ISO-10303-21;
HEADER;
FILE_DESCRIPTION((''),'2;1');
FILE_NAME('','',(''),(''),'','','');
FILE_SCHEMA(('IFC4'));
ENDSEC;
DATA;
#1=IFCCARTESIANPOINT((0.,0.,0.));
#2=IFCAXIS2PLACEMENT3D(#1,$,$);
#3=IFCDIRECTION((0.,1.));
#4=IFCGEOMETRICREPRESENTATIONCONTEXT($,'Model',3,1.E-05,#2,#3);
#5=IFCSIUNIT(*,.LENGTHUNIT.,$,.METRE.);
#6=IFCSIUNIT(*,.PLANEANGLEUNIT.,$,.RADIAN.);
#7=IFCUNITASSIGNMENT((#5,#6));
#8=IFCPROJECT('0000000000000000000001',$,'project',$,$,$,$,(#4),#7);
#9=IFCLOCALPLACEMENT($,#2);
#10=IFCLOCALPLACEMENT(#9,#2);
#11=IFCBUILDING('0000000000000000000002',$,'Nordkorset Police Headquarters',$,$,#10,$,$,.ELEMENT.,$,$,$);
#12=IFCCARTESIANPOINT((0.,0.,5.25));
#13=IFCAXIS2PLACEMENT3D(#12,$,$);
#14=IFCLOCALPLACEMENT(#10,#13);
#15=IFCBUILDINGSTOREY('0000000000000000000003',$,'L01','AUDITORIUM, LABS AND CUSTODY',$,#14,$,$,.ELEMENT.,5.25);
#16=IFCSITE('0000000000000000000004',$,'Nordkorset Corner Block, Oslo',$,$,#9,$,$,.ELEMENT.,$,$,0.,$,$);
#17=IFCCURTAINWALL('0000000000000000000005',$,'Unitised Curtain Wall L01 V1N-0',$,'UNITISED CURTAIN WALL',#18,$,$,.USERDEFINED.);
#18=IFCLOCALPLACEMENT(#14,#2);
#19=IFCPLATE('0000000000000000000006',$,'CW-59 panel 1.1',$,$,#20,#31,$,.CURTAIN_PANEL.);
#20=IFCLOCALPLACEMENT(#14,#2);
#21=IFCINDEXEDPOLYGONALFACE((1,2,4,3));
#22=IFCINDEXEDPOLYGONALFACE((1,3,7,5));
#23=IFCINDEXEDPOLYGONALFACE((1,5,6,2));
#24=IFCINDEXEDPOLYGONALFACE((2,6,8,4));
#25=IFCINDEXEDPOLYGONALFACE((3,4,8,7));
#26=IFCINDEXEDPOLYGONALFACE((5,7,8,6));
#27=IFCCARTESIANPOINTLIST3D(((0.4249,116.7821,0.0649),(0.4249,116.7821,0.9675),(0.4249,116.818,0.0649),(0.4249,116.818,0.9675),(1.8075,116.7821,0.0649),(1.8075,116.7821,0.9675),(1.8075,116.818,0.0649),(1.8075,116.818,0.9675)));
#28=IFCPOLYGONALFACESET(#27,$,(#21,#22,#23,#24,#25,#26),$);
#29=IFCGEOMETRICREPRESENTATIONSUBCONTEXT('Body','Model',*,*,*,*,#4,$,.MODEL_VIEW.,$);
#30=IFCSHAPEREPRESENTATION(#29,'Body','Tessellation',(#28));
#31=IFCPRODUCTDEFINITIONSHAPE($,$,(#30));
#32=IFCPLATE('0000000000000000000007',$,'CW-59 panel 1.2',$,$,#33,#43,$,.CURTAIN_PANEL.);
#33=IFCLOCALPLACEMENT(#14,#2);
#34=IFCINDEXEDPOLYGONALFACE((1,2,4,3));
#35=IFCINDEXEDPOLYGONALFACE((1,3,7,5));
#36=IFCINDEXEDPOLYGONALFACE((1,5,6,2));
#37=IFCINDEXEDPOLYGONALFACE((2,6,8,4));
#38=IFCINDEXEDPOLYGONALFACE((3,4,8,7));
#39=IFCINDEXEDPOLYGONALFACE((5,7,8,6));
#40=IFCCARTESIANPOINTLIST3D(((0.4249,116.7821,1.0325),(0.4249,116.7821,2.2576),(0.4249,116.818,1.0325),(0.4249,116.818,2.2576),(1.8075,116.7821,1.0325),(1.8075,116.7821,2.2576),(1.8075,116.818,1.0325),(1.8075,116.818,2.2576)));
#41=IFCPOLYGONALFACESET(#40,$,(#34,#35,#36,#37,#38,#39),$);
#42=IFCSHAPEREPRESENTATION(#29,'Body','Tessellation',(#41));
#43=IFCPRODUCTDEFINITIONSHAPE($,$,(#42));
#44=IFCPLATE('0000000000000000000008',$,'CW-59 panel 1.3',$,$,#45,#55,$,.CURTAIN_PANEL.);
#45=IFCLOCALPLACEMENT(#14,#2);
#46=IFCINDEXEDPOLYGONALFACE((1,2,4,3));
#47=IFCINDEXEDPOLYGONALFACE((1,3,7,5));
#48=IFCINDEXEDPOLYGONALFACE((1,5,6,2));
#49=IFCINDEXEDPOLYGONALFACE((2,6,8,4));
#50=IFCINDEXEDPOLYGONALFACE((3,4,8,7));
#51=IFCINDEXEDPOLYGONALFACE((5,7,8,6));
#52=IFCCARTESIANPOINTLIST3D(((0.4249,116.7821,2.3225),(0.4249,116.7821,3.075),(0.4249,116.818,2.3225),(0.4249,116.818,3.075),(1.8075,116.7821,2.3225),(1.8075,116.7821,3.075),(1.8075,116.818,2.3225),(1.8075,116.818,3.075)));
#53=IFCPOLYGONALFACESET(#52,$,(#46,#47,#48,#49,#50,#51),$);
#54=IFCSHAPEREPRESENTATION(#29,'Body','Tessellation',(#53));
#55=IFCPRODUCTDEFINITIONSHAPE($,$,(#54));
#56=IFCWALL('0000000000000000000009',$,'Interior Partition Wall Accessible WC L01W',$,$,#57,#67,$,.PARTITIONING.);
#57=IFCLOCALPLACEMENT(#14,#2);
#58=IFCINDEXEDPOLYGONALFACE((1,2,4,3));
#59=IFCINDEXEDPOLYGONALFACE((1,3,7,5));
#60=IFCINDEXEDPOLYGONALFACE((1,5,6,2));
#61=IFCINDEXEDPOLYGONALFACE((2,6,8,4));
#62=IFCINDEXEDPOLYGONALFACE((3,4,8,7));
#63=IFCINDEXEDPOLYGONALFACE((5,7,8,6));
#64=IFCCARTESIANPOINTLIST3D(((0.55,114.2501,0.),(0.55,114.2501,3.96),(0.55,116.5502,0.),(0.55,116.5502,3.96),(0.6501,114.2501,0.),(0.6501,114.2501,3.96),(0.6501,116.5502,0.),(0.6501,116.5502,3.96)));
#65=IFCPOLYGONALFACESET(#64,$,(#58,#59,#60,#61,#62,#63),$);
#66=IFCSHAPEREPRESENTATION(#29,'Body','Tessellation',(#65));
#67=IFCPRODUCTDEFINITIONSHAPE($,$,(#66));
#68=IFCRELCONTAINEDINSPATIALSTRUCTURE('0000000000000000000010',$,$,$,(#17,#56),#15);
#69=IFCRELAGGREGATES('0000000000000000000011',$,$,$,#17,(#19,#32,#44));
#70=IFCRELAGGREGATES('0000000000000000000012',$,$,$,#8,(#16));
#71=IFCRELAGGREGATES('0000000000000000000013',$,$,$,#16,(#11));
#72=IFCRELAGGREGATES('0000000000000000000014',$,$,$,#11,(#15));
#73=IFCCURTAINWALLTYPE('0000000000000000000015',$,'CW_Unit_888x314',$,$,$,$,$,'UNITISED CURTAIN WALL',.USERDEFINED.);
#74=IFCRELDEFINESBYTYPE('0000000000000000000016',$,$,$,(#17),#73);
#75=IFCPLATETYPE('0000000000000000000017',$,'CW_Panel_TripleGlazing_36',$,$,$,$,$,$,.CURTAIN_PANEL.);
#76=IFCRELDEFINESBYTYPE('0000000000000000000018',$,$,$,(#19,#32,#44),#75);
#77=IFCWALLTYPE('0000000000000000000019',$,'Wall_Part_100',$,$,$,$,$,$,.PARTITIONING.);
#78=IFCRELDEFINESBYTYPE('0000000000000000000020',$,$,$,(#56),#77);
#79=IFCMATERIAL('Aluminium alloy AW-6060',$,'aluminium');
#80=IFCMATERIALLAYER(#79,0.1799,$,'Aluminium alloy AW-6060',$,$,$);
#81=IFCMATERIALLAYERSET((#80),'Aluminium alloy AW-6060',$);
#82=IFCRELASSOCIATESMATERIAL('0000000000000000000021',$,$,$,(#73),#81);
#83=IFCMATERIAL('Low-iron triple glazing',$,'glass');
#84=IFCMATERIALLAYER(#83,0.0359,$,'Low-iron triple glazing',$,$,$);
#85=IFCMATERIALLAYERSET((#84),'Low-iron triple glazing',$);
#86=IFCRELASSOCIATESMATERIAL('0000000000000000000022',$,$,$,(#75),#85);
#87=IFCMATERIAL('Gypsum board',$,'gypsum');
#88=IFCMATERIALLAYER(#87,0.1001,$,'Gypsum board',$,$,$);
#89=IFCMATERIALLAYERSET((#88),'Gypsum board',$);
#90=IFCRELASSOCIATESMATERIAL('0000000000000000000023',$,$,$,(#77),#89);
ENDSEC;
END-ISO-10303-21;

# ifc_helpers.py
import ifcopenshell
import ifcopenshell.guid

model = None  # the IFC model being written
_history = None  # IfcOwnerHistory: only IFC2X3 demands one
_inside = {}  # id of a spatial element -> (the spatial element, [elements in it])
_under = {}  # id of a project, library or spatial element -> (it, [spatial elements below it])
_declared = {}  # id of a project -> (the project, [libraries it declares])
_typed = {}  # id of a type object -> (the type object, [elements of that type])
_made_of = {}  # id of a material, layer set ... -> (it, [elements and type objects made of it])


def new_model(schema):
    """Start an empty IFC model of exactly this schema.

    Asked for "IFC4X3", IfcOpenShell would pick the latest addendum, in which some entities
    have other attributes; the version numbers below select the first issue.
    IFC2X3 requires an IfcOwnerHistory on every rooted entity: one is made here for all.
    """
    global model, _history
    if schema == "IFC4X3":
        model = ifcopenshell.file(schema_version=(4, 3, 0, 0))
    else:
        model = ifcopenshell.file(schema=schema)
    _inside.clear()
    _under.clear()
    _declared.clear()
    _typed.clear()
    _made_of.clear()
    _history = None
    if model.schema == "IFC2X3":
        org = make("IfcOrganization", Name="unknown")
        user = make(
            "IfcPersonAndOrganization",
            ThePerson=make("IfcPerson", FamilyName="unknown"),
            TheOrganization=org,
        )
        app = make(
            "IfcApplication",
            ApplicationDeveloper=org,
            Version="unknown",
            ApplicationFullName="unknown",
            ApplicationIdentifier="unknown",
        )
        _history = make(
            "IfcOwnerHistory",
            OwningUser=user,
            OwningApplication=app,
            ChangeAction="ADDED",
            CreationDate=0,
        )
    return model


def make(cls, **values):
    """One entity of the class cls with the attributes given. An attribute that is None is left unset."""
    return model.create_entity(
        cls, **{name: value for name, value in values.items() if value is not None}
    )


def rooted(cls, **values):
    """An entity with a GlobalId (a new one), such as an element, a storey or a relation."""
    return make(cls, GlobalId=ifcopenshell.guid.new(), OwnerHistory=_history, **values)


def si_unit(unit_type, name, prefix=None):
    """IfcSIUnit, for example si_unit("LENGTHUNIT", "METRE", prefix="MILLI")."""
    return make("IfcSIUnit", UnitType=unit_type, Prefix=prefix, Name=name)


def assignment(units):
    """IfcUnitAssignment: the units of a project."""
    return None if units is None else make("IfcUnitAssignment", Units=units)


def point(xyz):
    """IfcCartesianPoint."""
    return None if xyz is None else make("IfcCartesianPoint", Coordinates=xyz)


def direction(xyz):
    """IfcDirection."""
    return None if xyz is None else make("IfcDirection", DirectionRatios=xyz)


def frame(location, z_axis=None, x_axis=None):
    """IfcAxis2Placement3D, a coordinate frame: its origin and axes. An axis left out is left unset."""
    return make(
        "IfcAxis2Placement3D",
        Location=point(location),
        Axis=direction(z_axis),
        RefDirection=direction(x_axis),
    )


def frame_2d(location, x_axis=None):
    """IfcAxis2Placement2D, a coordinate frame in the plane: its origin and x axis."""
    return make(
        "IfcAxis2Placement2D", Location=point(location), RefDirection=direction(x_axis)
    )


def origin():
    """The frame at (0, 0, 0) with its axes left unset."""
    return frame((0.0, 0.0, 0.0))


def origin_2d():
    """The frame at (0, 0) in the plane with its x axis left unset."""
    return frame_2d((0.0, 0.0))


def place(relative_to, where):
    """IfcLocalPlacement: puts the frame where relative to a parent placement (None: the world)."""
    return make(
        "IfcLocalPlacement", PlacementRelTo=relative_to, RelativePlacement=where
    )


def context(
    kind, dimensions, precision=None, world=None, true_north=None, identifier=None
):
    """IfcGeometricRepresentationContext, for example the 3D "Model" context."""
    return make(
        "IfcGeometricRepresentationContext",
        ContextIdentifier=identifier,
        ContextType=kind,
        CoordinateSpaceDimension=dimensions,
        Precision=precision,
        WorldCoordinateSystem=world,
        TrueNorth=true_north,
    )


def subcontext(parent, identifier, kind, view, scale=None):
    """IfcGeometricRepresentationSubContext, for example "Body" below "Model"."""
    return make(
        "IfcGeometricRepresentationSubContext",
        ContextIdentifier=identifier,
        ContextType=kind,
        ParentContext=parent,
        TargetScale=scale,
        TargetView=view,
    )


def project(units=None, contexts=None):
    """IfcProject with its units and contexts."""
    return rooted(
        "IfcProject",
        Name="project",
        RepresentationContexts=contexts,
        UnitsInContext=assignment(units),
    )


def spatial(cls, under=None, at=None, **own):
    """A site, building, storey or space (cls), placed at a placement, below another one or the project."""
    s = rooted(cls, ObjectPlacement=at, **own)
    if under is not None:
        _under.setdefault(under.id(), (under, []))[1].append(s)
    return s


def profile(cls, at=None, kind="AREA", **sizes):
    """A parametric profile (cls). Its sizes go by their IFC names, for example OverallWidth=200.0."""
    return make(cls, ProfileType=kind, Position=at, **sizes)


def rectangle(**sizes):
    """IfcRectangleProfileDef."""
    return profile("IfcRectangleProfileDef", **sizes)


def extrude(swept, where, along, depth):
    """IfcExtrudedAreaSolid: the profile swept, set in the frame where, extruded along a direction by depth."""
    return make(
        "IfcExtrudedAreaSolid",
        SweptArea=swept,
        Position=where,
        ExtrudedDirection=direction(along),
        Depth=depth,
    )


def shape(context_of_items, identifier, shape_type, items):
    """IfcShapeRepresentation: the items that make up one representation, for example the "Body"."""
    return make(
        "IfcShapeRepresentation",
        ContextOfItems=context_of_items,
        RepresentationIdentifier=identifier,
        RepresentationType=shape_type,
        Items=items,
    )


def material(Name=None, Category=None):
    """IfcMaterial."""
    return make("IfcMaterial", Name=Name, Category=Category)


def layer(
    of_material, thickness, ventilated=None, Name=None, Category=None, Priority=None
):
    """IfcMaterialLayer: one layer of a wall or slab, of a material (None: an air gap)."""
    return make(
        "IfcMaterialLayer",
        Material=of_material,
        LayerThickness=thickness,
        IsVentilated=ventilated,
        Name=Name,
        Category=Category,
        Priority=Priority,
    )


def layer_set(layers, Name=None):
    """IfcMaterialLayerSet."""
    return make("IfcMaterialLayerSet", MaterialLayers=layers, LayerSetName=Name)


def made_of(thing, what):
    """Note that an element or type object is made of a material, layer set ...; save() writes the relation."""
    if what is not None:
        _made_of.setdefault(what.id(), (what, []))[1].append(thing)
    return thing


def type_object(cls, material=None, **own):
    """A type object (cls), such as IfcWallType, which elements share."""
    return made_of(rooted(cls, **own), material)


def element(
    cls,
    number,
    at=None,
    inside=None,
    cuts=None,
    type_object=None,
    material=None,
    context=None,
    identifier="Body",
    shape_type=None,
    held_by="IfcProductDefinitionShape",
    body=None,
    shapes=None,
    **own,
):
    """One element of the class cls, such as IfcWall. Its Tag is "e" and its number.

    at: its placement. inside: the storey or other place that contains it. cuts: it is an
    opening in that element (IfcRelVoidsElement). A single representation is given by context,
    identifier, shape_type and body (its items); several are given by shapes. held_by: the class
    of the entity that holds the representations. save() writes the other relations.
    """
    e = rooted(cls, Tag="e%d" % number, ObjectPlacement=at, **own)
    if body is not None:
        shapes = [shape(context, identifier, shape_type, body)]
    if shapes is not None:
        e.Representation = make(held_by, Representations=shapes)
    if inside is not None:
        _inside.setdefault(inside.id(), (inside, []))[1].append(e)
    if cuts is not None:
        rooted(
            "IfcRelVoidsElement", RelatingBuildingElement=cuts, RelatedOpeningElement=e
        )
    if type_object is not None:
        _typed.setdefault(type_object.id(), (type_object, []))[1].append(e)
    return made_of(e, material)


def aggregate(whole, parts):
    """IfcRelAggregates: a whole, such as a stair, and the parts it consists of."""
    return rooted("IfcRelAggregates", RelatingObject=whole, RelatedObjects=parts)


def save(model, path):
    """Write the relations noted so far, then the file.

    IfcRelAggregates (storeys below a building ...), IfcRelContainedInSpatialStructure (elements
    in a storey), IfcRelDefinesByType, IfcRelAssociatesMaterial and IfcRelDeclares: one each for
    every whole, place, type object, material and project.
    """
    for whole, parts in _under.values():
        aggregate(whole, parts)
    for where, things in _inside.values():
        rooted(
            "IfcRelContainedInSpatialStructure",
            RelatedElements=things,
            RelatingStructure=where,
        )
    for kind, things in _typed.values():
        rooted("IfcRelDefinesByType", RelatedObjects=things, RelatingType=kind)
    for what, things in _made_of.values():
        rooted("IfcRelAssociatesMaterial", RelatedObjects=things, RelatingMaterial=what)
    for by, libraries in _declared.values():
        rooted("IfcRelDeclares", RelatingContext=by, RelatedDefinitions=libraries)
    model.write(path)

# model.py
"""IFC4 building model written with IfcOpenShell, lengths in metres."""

from ifc_helpers import new_model, si_unit, direction, frame, frame_2d, origin, origin_2d, place, context, subcontext, project, spatial, rectangle, extrude, material, layer, layer_set, type_object, element, aggregate, save


model = new_model("IFC4")

# Units and contexts
model_context = context("Model", 3, precision=1e-05, world=origin(), true_north=direction((0.0, 1.0)))
body_context = subcontext(model_context, "Body", "Model", "MODEL_VIEW")
ifc_project = project(units=[si_unit("LENGTHUNIT", "METRE"), si_unit("PLANEANGLEUNIT", "RADIAN")], contexts=[model_context])

# Site, building, storey
site_placement = place(None, origin())
site = spatial("IfcSite", under=ifc_project, at=site_placement, Name="Nordkorset Corner Block, Oslo", CompositionType="ELEMENT", RefElevation=0.0)
building_placement = place(site_placement, origin())
building = spatial("IfcBuilding", under=site, at=building_placement, Name="Nordkorset Police Headquarters", CompositionType="ELEMENT")
storey_placement = place(building_placement, frame((0.0, 0.0, 5.25)))
storey = spatial("IfcBuildingStorey", under=building, at=storey_placement, Name="L01", Description="AUDITORIUM, LABS AND CUSTODY", CompositionType="ELEMENT", Elevation=5.25)

# Curtain wall
ifc_material_1 = material(Name="Aluminium alloy AW-6060", Category="aluminium")
ifc_layer_1 = layer(ifc_material_1, 0.1799, Name="Aluminium alloy AW-6060")
ifc_layer_set_1 = layer_set([ifc_layer_1], Name="Aluminium alloy AW-6060")
curtain_wall_type_1 = type_object("IfcCurtainWallType", Name="CW_Unit_888x314", ElementType="UNITISED CURTAIN WALL", PredefinedType="USERDEFINED", material=ifc_layer_set_1)
curtain_wall_1_placement = place(storey_placement, origin())
curtain_wall_1 = element("IfcCurtainWall", 1, at=curtain_wall_1_placement, inside=storey, type_object=curtain_wall_type_1, Name="Unitised Curtain Wall L01 V1N-0", ObjectType="UNITISED CURTAIN WALL", PredefinedType="USERDEFINED")

# Plates
ifc_material_2 = material(Name="Low-iron triple glazing", Category="glass")
ifc_layer_2 = layer(ifc_material_2, 0.0359, Name="Low-iron triple glazing")
ifc_layer_set_2 = layer_set([ifc_layer_2], Name="Low-iron triple glazing")
plate_type = type_object("IfcPlateType", Name="CW_Panel_TripleGlazing_36", PredefinedType="CURTAIN_PANEL", material=ifc_layer_set_2)
plate_1_placement = place(storey_placement, frame((1.1162, 116.8, 0.0649), z_axis=(0.0, 0.0, 1.0), x_axis=(1.0, 0.0, 0.0)))
plate_1 = element("IfcPlate", 2, at=plate_1_placement, type_object=plate_type, Name="CW-59 panel 1.1", PredefinedType="CURTAIN_PANEL", context=body_context, shape_type="SweptSolid", body=[
    extrude(rectangle(XDim=1.3826, YDim=0.0359, at=origin_2d()), origin(), (0.0, 0.0, 1.0), 0.9026),
])
plate_2_placement = place(storey_placement, frame((1.1162, 116.8, 1.0325), z_axis=(0.0, 0.0, 1.0), x_axis=(1.0, 0.0, 0.0)))
plate_2 = element("IfcPlate", 3, at=plate_2_placement, type_object=plate_type, Name="CW-59 panel 1.2", PredefinedType="CURTAIN_PANEL", context=body_context, shape_type="SweptSolid", body=[
    extrude(rectangle(XDim=1.3826, YDim=0.0359, at=origin_2d()), origin(), (0.0, 0.0, 1.0), 1.2251),
])
plate_3_placement = place(storey_placement, frame((1.1162, 116.8, 2.3225), z_axis=(0.0, 0.0, 1.0), x_axis=(1.0, 0.0, 0.0)))
plate_3 = element("IfcPlate", 4, at=plate_3_placement, type_object=plate_type, Name="CW-59 panel 1.3", PredefinedType="CURTAIN_PANEL", context=body_context, shape_type="SweptSolid", body=[
    extrude(rectangle(XDim=1.3826, YDim=0.0359, at=origin_2d()), origin(), (0.0, 0.0, 1.0), 0.7524),
])
aggregate(curtain_wall_1, [plate_1, plate_2, plate_3])

# Wall
ifc_material_3 = material(Name="Gypsum board", Category="gypsum")
ifc_layer_3 = layer(ifc_material_3, 0.1001, Name="Gypsum board")
ifc_layer_set_3 = layer_set([ifc_layer_3], Name="Gypsum board")
wall_type = type_object("IfcWallType", Name="Wall_Part_100", PredefinedType="PARTITIONING", material=ifc_layer_set_3)
wall_placement = place(storey_placement, frame((0.6001, 116.55, 0.0), z_axis=(0.0, 0.0, 1.0), x_axis=(0.0, -1.0, 0.0)))
element("IfcWall", 5, at=wall_placement, inside=storey, type_object=wall_type, Name="Interior Partition Wall Accessible WC L01W", PredefinedType="PARTITIONING", context=body_context, shape_type="SweptSolid", body=[
    extrude(rectangle(XDim=2.3, YDim=0.1001, at=frame_2d((1.1499, 0.0))), origin(), (0.0, 0.0, 1.0), 3.96),
])

save(model, "model.ifc")
